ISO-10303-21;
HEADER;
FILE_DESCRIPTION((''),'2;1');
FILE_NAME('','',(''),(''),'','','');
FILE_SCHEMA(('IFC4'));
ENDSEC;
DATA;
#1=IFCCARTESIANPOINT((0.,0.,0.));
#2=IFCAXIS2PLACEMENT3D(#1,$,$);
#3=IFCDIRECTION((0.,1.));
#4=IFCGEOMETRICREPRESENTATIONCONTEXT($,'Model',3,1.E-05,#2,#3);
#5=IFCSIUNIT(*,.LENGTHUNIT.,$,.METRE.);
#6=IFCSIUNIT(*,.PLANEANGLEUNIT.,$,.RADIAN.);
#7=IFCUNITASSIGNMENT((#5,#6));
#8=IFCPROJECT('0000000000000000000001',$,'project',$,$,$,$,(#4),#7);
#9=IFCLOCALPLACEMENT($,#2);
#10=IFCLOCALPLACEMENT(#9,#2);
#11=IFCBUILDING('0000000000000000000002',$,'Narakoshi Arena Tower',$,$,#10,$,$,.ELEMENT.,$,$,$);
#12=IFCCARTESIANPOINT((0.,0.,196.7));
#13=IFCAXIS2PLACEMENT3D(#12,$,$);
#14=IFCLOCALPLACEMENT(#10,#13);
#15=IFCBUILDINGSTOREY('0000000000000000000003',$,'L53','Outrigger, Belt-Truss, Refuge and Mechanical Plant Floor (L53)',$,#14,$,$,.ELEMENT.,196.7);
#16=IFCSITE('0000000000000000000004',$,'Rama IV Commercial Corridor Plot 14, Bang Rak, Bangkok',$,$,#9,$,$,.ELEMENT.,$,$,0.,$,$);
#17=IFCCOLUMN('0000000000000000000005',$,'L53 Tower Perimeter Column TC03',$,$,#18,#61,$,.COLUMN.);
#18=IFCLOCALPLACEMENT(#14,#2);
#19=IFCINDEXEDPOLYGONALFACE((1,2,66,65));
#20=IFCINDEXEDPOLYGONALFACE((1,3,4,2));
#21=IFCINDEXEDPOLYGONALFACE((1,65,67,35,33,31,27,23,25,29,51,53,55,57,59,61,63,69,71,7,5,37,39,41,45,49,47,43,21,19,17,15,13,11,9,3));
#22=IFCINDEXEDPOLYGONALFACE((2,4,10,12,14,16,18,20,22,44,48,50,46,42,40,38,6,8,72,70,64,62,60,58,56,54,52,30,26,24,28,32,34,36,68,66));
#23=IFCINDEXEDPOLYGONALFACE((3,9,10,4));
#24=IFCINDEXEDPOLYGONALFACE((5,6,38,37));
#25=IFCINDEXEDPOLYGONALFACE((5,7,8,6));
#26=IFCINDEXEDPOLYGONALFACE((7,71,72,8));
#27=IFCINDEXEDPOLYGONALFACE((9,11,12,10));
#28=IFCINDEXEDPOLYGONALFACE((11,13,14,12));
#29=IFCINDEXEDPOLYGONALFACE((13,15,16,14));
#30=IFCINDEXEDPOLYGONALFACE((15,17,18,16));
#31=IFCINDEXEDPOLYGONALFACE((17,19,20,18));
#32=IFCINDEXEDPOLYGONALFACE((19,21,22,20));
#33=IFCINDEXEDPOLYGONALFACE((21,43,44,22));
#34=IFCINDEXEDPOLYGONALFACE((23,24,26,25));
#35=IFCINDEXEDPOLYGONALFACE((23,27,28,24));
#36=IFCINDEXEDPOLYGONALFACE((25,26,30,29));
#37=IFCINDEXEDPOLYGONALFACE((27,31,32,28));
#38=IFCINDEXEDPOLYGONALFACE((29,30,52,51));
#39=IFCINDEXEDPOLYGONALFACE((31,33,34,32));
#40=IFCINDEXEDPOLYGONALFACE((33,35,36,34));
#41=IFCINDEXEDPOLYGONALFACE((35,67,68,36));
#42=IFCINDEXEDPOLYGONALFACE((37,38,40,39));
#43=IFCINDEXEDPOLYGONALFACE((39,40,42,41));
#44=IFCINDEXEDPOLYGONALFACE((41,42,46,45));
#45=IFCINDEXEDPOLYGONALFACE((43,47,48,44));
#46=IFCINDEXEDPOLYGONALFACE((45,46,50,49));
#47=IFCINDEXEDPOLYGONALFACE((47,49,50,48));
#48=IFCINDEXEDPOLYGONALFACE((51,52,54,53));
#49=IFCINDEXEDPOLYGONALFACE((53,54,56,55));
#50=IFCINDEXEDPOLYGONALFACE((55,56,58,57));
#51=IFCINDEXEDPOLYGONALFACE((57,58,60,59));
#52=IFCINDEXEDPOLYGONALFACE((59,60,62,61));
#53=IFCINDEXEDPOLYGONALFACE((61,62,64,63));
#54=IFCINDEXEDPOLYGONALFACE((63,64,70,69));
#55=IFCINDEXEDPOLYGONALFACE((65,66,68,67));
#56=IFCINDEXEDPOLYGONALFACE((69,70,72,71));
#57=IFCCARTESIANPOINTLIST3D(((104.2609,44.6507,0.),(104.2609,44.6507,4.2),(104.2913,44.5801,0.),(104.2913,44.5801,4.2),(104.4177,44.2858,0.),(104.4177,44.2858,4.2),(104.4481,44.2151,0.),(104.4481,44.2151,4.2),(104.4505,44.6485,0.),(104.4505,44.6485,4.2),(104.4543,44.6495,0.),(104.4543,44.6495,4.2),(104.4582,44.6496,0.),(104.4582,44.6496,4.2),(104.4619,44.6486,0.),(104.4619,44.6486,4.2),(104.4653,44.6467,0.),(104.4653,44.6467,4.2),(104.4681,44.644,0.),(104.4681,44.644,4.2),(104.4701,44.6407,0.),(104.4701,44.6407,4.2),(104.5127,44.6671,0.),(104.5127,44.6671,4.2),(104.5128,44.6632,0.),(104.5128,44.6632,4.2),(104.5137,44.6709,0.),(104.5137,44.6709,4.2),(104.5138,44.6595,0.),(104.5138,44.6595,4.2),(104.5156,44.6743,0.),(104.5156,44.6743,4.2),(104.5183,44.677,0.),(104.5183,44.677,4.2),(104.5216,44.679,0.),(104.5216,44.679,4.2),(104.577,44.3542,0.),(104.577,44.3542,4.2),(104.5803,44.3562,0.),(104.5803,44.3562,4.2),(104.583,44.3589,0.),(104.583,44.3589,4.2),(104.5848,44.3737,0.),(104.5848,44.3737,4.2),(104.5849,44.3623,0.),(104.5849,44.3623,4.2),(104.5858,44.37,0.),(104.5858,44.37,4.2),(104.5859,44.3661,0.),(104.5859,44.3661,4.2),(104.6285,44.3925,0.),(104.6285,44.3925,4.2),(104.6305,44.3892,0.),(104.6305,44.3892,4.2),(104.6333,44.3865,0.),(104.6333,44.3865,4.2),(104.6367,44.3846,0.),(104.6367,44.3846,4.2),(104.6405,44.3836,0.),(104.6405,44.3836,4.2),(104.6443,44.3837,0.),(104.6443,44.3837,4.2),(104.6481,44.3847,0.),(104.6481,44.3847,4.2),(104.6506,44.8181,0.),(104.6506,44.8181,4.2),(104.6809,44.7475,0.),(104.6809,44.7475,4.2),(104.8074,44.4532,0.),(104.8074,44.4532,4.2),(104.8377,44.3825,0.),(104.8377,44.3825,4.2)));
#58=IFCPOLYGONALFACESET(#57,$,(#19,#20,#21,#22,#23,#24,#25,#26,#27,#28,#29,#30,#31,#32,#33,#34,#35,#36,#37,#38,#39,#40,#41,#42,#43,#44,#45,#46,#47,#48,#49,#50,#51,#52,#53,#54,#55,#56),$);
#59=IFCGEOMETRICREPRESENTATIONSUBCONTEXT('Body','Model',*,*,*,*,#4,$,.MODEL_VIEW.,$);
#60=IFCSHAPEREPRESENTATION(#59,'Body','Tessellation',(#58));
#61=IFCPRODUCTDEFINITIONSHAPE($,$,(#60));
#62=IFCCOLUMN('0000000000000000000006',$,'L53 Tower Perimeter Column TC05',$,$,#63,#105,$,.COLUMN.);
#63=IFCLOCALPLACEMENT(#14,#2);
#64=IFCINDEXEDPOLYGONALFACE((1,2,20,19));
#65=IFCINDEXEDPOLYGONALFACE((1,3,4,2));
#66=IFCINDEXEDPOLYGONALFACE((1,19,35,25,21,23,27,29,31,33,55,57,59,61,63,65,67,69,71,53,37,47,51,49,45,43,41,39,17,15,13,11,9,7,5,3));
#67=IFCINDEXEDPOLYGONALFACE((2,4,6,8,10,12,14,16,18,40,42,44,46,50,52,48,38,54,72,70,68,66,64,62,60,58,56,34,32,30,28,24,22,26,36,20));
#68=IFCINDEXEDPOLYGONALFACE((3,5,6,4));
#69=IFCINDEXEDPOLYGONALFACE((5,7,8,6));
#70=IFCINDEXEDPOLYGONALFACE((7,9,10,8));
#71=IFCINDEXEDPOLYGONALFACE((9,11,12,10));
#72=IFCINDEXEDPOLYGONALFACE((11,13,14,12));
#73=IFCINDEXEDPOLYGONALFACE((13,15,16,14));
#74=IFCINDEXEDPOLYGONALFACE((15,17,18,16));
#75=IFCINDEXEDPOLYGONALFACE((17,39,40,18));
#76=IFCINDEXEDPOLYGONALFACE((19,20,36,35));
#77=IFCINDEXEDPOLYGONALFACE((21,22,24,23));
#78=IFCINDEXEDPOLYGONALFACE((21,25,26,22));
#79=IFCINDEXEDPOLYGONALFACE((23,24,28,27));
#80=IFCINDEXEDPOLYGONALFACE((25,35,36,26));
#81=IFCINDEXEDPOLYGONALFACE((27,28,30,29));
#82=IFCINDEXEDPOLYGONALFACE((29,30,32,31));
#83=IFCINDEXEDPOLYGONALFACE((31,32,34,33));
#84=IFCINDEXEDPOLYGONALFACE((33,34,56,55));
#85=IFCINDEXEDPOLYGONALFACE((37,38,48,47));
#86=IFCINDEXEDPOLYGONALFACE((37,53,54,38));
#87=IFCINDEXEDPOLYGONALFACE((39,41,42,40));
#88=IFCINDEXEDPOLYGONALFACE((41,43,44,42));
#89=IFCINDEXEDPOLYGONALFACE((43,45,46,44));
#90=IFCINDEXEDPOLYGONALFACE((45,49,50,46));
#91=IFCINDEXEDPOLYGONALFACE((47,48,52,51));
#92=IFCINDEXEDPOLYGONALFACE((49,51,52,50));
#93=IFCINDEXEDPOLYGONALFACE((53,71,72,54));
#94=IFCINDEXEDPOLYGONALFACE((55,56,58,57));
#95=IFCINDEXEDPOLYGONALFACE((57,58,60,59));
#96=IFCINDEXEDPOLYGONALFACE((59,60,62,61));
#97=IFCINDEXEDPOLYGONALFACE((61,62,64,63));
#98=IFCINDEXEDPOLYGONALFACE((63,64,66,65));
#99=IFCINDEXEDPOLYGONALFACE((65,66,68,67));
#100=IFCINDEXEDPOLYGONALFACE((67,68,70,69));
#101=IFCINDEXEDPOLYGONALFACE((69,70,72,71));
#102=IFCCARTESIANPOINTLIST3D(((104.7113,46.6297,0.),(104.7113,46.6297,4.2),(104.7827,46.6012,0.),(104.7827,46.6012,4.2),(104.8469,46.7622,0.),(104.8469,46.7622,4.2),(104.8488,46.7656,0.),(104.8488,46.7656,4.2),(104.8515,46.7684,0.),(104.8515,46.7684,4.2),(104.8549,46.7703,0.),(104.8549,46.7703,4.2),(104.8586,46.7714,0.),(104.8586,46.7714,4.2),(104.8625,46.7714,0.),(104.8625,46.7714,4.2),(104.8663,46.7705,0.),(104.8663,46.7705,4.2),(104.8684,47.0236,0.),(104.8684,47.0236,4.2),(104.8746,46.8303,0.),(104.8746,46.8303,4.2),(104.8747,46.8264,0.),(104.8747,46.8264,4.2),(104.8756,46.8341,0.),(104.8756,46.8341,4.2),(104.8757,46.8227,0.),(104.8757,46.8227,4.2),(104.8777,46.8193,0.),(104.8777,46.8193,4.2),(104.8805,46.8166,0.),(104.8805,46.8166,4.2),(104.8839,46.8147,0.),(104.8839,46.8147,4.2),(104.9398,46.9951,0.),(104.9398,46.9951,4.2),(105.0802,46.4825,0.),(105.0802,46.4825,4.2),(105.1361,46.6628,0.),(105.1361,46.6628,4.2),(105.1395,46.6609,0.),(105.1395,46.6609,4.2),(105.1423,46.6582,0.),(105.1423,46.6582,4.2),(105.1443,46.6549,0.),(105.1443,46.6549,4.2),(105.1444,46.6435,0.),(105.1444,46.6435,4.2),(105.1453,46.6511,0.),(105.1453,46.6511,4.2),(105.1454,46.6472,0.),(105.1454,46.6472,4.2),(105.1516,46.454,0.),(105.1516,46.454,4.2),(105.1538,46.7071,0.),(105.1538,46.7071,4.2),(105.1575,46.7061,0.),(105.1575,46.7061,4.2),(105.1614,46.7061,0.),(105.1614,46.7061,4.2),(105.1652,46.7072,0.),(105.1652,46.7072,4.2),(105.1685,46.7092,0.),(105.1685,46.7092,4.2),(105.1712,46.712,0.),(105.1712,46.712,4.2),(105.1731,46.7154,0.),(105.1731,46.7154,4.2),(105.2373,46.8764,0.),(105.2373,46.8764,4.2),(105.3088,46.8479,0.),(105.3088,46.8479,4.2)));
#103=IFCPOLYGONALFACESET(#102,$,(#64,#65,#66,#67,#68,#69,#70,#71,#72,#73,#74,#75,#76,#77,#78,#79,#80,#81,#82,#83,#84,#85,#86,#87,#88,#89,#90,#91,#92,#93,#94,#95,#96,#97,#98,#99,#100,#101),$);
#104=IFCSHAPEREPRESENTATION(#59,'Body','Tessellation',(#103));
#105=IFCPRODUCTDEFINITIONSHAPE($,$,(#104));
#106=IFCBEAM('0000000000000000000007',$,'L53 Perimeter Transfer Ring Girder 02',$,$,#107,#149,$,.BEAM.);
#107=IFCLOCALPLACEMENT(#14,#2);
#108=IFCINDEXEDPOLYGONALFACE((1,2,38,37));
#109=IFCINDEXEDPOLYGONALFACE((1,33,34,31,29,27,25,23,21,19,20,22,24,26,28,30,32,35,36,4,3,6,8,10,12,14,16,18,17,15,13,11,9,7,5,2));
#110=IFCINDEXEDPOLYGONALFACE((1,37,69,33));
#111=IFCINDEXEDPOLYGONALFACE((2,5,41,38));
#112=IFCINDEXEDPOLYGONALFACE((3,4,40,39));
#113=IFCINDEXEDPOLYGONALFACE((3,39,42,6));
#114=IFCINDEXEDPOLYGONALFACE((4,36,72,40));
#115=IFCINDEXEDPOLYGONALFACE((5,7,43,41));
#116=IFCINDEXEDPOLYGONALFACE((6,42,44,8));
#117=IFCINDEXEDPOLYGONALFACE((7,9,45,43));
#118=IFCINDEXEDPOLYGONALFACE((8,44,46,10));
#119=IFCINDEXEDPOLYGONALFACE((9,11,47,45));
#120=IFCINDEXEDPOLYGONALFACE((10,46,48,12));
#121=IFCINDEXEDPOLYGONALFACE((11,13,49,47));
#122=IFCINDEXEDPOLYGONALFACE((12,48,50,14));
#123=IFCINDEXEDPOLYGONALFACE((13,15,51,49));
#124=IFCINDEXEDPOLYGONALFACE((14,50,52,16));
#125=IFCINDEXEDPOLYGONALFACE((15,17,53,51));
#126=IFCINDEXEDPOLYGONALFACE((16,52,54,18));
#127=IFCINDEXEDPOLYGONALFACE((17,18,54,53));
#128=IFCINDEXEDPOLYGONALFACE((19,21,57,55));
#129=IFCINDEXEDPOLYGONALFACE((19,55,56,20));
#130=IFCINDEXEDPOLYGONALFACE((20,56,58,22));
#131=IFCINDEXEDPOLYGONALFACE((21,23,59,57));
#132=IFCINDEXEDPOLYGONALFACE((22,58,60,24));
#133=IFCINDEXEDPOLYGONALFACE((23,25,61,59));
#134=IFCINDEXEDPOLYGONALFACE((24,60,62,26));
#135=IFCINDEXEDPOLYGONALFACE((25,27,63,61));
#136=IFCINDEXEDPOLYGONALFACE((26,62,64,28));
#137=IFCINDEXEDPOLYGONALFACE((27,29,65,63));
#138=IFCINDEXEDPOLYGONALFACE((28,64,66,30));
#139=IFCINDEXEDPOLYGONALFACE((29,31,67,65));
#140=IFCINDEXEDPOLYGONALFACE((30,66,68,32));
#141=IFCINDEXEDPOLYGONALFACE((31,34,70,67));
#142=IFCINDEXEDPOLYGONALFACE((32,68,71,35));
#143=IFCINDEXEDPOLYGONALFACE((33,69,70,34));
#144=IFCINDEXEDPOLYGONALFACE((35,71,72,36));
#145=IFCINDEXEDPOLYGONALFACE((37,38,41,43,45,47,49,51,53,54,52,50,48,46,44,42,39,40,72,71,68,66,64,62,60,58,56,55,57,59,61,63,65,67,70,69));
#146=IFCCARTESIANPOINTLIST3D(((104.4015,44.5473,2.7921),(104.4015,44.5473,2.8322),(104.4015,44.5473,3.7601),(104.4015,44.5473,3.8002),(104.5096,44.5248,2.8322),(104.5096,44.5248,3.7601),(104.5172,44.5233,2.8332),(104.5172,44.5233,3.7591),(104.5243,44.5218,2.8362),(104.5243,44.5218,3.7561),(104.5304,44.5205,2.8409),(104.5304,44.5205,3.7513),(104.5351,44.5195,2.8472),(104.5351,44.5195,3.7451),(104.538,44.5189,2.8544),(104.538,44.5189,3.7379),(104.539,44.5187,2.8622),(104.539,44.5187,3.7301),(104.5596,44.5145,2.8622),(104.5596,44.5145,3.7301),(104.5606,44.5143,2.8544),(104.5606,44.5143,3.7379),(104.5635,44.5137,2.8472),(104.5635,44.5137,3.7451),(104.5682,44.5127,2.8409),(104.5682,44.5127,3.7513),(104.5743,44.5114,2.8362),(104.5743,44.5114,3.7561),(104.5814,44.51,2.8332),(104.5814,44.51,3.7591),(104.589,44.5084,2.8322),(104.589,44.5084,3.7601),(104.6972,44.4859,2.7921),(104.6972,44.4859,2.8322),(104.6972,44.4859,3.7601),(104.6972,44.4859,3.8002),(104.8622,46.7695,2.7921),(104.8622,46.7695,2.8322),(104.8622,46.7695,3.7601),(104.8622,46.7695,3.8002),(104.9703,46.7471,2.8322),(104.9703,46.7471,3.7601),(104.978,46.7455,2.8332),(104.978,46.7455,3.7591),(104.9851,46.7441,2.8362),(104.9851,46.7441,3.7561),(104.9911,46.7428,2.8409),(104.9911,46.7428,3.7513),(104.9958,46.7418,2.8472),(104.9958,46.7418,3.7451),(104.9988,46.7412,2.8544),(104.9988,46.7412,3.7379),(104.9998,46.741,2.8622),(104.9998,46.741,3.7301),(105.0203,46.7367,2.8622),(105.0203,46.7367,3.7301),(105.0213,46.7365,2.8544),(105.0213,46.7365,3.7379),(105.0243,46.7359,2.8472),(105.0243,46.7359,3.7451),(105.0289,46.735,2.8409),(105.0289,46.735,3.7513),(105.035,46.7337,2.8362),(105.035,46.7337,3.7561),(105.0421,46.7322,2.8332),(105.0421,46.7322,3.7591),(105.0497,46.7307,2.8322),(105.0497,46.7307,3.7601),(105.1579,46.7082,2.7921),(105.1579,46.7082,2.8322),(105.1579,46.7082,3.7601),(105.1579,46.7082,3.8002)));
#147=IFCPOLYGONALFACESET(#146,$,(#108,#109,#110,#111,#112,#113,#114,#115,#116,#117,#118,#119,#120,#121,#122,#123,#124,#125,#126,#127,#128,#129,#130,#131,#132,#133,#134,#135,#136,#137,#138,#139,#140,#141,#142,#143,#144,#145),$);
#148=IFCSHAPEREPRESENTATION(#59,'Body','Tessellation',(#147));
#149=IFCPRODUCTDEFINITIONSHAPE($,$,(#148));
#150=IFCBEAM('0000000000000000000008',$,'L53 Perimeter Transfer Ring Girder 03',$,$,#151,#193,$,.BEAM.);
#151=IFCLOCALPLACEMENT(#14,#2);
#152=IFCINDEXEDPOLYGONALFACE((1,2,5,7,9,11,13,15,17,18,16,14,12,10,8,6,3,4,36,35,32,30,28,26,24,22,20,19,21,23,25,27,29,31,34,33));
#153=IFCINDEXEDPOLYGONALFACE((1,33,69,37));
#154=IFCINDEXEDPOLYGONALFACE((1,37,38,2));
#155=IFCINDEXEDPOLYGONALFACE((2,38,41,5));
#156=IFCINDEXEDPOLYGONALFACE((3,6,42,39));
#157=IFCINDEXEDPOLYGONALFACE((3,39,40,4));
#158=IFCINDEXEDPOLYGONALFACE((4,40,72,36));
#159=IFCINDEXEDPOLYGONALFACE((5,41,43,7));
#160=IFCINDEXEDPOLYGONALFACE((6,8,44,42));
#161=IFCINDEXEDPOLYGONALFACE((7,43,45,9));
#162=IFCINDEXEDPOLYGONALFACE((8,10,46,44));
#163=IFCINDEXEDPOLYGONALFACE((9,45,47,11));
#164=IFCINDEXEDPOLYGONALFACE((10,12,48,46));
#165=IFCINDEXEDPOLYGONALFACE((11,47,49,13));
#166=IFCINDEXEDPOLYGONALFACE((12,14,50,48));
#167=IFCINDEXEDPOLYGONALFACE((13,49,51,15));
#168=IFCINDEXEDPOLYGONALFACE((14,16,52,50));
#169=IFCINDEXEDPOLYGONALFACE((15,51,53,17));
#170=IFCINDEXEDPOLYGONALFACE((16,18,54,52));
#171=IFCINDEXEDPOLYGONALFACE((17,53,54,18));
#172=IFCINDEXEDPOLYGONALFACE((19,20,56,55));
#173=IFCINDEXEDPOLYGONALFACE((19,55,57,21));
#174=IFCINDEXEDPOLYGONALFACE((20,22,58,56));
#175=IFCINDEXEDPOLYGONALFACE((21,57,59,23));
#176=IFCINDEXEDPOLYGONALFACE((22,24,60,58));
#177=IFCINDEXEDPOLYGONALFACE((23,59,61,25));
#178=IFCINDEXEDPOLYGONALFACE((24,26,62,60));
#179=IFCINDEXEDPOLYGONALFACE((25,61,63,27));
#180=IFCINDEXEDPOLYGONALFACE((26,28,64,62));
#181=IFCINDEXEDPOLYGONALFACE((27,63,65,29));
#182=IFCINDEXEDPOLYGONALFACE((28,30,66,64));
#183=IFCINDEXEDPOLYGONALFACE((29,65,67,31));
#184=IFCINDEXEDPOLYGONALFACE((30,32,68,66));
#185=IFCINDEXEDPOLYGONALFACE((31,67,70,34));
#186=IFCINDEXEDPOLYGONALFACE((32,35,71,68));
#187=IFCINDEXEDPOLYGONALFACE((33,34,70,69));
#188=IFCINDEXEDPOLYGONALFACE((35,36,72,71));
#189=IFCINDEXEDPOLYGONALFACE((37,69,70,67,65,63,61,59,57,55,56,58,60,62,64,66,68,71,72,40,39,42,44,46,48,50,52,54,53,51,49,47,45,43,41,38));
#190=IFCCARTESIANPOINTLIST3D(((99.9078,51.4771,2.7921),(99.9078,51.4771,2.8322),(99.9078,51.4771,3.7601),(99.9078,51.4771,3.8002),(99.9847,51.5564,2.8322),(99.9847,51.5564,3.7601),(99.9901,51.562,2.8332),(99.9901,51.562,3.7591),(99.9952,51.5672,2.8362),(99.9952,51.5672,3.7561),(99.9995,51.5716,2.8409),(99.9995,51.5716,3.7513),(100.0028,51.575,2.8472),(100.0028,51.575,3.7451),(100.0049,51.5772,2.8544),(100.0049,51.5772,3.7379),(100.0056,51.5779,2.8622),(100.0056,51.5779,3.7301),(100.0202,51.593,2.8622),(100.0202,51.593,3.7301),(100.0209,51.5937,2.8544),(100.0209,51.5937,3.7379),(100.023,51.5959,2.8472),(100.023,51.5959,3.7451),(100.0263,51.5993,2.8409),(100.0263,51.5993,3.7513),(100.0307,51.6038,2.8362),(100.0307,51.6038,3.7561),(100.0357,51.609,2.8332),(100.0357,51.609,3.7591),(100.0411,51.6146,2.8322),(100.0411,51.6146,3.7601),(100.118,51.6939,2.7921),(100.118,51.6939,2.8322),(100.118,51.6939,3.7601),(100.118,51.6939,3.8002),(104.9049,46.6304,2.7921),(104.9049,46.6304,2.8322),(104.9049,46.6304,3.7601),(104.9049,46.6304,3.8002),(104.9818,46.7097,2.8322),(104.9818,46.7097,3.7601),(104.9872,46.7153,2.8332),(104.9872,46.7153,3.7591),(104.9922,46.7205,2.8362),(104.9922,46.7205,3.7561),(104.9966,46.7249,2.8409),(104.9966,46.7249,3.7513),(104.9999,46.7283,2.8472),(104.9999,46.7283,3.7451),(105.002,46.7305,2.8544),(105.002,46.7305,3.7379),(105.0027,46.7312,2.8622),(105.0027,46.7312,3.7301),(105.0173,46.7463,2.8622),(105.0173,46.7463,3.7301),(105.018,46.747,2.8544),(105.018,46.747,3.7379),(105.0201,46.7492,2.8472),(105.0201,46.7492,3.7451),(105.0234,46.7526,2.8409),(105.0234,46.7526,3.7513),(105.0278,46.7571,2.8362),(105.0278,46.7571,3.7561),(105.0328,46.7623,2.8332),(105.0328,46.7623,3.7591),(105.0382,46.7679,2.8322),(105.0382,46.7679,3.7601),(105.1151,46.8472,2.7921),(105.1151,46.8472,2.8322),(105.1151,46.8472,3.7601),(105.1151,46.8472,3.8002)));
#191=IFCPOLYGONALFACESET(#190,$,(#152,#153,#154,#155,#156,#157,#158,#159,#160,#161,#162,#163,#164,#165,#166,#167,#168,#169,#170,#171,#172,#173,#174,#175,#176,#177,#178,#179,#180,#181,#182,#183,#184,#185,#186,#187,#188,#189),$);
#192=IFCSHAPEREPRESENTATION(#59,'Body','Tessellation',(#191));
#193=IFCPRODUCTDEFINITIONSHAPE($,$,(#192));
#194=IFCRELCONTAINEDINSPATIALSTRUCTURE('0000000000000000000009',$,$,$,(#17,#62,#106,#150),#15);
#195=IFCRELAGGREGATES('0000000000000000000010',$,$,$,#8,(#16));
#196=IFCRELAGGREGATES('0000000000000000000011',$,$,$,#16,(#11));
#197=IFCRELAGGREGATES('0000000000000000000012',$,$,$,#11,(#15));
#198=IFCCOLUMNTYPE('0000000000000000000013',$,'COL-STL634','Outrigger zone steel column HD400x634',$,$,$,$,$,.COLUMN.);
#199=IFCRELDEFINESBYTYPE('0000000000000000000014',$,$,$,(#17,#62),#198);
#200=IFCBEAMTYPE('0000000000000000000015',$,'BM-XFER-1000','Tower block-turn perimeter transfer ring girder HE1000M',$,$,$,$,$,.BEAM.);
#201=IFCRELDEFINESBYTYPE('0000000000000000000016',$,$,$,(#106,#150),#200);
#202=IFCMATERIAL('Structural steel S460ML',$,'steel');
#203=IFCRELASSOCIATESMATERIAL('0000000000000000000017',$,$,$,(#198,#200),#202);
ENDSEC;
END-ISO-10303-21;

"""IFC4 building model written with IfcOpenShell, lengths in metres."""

from ifc_helpers import new_model, si_unit, direction, frame, origin, origin_2d, place, context, subcontext, project, spatial, i_section, extrude, material, material_profile, profile_set, type_object, element, save


model = new_model("IFC4")

# Units and contexts
model_context = context("Model", 3, precision=1e-05, world=origin(), true_north=direction((0.0, 1.0)))
body_context = subcontext(model_context, "Body", "Model", "MODEL_VIEW")
ifc_project = project(units=[si_unit("LENGTHUNIT", "METRE"), si_unit("PLANEANGLEUNIT", "RADIAN")], contexts=[model_context])

# Site, building, storey
site_placement = place(None, origin())
site = spatial("IfcSite", under=ifc_project, at=site_placement, Name="Rama IV Commercial Corridor Plot 14, Bang Rak, Bangkok", CompositionType="ELEMENT", RefElevation=0.0)
building_placement = place(site_placement, origin())
building = spatial("IfcBuilding", under=site, at=building_placement, Name="Narakoshi Arena Tower", CompositionType="ELEMENT")
storey_placement = place(building_placement, frame((0.0, 0.0, 196.7)))
storey = spatial("IfcBuildingStorey", under=building, at=storey_placement, Name="L53", Description="Outrigger, Belt-Truss, Refuge and Mechanical Plant Floor (L53)", CompositionType="ELEMENT", Elevation=196.7)

# Columns
ifc_material_1 = material(Name="Structural steel S460ML", Category="steel")
ifc_material_profile_1 = material_profile(ifc_material_1, i_section(OverallWidth=0.4241, OverallDepth=0.4741, WebThickness=0.0476, FlangeThickness=0.0769, FilletRadius=0.0149, at=origin_2d()), Name="HD400x634")
ifc_profile_set_1 = profile_set([ifc_material_profile_1], Name="Structural steel S460ML")
column_type = type_object("IfcColumnType", Name="COL-STL634", Description="Outrigger zone steel column HD400x634", PredefinedType="COLUMN", material=ifc_profile_set_1)
for number, where, z_axis, x_axis, name in (
    (1, (104.5493, 44.5166, 0.0), (0.0, 0.0, 1.0), (0.918791, 0.394744, 0.0), "L53 Tower Perimeter Column TC03"),
    (2, (105.01, 46.7388, 0.0), (0.0, 0.0, 1.0), (0.370557, 0.92881, 0.0), "L53 Tower Perimeter Column TC05"),
):
    element("IfcColumn", number, at=place(storey_placement, frame(where, z_axis=z_axis, x_axis=x_axis)), inside=storey, type_object=column_type, Name=name, PredefinedType="COLUMN", context=body_context, shape_type="SweptSolid", body=[
        extrude(i_section(OverallWidth=0.4241, OverallDepth=0.4741, WebThickness=0.0476, FlangeThickness=0.0769, FilletRadius=0.0149, at=origin_2d()), origin(), (0.0, 0.0, 1.0), 4.2),
    ])

# Beams
ifc_material_profile_2 = material_profile(ifc_material_1, i_section(OverallWidth=0.302, OverallDepth=1.0081, WebThickness=0.021, FlangeThickness=0.04, FilletRadius=0.03, at=origin_2d()), Name="HE1000M")
ifc_profile_set_2 = profile_set([ifc_material_profile_2], Name="Structural steel S460ML")
beam_type = type_object("IfcBeamType", Name="BM-XFER-1000", Description="Tower block-turn perimeter transfer ring girder HE1000M", PredefinedType="BEAM", material=ifc_profile_set_2)
beam_1_placement = place(storey_placement, frame((104.5493, 44.5166, 3.2961), z_axis=(0.203, 0.979179, 0.0), x_axis=(-0.979179, 0.203, 0.0)))
element("IfcBeam", 3, at=beam_1_placement, inside=storey, type_object=beam_type, Name="L53 Perimeter Transfer Ring Girder 02", PredefinedType="BEAM", context=body_context, shape_type="SweptSolid", body=[
    extrude(i_section(OverallWidth=0.302, OverallDepth=1.0081, WebThickness=0.021, FlangeThickness=0.04, FilletRadius=0.03, at=origin_2d()), origin(), (0.0, 0.0, 1.0), 2.2695),
])
beam_2_placement = place(storey_placement, frame((105.01, 46.7388, 3.2961), z_axis=(-0.717826, 0.696223, 0.0), x_axis=(-0.696223, -0.717826, 0.0)))
element("IfcBeam", 4, at=beam_2_placement, inside=storey, type_object=beam_type, Name="L53 Perimeter Transfer Ring Girder 03", PredefinedType="BEAM", context=body_context, shape_type="SweptSolid", body=[
    extrude(i_section(OverallWidth=0.302, OverallDepth=1.0081, WebThickness=0.021, FlangeThickness=0.04, FilletRadius=0.03, at=origin_2d()), origin(), (0.0, 0.0, 1.0), 6.9614),
])

save(model, "model.ifc")
